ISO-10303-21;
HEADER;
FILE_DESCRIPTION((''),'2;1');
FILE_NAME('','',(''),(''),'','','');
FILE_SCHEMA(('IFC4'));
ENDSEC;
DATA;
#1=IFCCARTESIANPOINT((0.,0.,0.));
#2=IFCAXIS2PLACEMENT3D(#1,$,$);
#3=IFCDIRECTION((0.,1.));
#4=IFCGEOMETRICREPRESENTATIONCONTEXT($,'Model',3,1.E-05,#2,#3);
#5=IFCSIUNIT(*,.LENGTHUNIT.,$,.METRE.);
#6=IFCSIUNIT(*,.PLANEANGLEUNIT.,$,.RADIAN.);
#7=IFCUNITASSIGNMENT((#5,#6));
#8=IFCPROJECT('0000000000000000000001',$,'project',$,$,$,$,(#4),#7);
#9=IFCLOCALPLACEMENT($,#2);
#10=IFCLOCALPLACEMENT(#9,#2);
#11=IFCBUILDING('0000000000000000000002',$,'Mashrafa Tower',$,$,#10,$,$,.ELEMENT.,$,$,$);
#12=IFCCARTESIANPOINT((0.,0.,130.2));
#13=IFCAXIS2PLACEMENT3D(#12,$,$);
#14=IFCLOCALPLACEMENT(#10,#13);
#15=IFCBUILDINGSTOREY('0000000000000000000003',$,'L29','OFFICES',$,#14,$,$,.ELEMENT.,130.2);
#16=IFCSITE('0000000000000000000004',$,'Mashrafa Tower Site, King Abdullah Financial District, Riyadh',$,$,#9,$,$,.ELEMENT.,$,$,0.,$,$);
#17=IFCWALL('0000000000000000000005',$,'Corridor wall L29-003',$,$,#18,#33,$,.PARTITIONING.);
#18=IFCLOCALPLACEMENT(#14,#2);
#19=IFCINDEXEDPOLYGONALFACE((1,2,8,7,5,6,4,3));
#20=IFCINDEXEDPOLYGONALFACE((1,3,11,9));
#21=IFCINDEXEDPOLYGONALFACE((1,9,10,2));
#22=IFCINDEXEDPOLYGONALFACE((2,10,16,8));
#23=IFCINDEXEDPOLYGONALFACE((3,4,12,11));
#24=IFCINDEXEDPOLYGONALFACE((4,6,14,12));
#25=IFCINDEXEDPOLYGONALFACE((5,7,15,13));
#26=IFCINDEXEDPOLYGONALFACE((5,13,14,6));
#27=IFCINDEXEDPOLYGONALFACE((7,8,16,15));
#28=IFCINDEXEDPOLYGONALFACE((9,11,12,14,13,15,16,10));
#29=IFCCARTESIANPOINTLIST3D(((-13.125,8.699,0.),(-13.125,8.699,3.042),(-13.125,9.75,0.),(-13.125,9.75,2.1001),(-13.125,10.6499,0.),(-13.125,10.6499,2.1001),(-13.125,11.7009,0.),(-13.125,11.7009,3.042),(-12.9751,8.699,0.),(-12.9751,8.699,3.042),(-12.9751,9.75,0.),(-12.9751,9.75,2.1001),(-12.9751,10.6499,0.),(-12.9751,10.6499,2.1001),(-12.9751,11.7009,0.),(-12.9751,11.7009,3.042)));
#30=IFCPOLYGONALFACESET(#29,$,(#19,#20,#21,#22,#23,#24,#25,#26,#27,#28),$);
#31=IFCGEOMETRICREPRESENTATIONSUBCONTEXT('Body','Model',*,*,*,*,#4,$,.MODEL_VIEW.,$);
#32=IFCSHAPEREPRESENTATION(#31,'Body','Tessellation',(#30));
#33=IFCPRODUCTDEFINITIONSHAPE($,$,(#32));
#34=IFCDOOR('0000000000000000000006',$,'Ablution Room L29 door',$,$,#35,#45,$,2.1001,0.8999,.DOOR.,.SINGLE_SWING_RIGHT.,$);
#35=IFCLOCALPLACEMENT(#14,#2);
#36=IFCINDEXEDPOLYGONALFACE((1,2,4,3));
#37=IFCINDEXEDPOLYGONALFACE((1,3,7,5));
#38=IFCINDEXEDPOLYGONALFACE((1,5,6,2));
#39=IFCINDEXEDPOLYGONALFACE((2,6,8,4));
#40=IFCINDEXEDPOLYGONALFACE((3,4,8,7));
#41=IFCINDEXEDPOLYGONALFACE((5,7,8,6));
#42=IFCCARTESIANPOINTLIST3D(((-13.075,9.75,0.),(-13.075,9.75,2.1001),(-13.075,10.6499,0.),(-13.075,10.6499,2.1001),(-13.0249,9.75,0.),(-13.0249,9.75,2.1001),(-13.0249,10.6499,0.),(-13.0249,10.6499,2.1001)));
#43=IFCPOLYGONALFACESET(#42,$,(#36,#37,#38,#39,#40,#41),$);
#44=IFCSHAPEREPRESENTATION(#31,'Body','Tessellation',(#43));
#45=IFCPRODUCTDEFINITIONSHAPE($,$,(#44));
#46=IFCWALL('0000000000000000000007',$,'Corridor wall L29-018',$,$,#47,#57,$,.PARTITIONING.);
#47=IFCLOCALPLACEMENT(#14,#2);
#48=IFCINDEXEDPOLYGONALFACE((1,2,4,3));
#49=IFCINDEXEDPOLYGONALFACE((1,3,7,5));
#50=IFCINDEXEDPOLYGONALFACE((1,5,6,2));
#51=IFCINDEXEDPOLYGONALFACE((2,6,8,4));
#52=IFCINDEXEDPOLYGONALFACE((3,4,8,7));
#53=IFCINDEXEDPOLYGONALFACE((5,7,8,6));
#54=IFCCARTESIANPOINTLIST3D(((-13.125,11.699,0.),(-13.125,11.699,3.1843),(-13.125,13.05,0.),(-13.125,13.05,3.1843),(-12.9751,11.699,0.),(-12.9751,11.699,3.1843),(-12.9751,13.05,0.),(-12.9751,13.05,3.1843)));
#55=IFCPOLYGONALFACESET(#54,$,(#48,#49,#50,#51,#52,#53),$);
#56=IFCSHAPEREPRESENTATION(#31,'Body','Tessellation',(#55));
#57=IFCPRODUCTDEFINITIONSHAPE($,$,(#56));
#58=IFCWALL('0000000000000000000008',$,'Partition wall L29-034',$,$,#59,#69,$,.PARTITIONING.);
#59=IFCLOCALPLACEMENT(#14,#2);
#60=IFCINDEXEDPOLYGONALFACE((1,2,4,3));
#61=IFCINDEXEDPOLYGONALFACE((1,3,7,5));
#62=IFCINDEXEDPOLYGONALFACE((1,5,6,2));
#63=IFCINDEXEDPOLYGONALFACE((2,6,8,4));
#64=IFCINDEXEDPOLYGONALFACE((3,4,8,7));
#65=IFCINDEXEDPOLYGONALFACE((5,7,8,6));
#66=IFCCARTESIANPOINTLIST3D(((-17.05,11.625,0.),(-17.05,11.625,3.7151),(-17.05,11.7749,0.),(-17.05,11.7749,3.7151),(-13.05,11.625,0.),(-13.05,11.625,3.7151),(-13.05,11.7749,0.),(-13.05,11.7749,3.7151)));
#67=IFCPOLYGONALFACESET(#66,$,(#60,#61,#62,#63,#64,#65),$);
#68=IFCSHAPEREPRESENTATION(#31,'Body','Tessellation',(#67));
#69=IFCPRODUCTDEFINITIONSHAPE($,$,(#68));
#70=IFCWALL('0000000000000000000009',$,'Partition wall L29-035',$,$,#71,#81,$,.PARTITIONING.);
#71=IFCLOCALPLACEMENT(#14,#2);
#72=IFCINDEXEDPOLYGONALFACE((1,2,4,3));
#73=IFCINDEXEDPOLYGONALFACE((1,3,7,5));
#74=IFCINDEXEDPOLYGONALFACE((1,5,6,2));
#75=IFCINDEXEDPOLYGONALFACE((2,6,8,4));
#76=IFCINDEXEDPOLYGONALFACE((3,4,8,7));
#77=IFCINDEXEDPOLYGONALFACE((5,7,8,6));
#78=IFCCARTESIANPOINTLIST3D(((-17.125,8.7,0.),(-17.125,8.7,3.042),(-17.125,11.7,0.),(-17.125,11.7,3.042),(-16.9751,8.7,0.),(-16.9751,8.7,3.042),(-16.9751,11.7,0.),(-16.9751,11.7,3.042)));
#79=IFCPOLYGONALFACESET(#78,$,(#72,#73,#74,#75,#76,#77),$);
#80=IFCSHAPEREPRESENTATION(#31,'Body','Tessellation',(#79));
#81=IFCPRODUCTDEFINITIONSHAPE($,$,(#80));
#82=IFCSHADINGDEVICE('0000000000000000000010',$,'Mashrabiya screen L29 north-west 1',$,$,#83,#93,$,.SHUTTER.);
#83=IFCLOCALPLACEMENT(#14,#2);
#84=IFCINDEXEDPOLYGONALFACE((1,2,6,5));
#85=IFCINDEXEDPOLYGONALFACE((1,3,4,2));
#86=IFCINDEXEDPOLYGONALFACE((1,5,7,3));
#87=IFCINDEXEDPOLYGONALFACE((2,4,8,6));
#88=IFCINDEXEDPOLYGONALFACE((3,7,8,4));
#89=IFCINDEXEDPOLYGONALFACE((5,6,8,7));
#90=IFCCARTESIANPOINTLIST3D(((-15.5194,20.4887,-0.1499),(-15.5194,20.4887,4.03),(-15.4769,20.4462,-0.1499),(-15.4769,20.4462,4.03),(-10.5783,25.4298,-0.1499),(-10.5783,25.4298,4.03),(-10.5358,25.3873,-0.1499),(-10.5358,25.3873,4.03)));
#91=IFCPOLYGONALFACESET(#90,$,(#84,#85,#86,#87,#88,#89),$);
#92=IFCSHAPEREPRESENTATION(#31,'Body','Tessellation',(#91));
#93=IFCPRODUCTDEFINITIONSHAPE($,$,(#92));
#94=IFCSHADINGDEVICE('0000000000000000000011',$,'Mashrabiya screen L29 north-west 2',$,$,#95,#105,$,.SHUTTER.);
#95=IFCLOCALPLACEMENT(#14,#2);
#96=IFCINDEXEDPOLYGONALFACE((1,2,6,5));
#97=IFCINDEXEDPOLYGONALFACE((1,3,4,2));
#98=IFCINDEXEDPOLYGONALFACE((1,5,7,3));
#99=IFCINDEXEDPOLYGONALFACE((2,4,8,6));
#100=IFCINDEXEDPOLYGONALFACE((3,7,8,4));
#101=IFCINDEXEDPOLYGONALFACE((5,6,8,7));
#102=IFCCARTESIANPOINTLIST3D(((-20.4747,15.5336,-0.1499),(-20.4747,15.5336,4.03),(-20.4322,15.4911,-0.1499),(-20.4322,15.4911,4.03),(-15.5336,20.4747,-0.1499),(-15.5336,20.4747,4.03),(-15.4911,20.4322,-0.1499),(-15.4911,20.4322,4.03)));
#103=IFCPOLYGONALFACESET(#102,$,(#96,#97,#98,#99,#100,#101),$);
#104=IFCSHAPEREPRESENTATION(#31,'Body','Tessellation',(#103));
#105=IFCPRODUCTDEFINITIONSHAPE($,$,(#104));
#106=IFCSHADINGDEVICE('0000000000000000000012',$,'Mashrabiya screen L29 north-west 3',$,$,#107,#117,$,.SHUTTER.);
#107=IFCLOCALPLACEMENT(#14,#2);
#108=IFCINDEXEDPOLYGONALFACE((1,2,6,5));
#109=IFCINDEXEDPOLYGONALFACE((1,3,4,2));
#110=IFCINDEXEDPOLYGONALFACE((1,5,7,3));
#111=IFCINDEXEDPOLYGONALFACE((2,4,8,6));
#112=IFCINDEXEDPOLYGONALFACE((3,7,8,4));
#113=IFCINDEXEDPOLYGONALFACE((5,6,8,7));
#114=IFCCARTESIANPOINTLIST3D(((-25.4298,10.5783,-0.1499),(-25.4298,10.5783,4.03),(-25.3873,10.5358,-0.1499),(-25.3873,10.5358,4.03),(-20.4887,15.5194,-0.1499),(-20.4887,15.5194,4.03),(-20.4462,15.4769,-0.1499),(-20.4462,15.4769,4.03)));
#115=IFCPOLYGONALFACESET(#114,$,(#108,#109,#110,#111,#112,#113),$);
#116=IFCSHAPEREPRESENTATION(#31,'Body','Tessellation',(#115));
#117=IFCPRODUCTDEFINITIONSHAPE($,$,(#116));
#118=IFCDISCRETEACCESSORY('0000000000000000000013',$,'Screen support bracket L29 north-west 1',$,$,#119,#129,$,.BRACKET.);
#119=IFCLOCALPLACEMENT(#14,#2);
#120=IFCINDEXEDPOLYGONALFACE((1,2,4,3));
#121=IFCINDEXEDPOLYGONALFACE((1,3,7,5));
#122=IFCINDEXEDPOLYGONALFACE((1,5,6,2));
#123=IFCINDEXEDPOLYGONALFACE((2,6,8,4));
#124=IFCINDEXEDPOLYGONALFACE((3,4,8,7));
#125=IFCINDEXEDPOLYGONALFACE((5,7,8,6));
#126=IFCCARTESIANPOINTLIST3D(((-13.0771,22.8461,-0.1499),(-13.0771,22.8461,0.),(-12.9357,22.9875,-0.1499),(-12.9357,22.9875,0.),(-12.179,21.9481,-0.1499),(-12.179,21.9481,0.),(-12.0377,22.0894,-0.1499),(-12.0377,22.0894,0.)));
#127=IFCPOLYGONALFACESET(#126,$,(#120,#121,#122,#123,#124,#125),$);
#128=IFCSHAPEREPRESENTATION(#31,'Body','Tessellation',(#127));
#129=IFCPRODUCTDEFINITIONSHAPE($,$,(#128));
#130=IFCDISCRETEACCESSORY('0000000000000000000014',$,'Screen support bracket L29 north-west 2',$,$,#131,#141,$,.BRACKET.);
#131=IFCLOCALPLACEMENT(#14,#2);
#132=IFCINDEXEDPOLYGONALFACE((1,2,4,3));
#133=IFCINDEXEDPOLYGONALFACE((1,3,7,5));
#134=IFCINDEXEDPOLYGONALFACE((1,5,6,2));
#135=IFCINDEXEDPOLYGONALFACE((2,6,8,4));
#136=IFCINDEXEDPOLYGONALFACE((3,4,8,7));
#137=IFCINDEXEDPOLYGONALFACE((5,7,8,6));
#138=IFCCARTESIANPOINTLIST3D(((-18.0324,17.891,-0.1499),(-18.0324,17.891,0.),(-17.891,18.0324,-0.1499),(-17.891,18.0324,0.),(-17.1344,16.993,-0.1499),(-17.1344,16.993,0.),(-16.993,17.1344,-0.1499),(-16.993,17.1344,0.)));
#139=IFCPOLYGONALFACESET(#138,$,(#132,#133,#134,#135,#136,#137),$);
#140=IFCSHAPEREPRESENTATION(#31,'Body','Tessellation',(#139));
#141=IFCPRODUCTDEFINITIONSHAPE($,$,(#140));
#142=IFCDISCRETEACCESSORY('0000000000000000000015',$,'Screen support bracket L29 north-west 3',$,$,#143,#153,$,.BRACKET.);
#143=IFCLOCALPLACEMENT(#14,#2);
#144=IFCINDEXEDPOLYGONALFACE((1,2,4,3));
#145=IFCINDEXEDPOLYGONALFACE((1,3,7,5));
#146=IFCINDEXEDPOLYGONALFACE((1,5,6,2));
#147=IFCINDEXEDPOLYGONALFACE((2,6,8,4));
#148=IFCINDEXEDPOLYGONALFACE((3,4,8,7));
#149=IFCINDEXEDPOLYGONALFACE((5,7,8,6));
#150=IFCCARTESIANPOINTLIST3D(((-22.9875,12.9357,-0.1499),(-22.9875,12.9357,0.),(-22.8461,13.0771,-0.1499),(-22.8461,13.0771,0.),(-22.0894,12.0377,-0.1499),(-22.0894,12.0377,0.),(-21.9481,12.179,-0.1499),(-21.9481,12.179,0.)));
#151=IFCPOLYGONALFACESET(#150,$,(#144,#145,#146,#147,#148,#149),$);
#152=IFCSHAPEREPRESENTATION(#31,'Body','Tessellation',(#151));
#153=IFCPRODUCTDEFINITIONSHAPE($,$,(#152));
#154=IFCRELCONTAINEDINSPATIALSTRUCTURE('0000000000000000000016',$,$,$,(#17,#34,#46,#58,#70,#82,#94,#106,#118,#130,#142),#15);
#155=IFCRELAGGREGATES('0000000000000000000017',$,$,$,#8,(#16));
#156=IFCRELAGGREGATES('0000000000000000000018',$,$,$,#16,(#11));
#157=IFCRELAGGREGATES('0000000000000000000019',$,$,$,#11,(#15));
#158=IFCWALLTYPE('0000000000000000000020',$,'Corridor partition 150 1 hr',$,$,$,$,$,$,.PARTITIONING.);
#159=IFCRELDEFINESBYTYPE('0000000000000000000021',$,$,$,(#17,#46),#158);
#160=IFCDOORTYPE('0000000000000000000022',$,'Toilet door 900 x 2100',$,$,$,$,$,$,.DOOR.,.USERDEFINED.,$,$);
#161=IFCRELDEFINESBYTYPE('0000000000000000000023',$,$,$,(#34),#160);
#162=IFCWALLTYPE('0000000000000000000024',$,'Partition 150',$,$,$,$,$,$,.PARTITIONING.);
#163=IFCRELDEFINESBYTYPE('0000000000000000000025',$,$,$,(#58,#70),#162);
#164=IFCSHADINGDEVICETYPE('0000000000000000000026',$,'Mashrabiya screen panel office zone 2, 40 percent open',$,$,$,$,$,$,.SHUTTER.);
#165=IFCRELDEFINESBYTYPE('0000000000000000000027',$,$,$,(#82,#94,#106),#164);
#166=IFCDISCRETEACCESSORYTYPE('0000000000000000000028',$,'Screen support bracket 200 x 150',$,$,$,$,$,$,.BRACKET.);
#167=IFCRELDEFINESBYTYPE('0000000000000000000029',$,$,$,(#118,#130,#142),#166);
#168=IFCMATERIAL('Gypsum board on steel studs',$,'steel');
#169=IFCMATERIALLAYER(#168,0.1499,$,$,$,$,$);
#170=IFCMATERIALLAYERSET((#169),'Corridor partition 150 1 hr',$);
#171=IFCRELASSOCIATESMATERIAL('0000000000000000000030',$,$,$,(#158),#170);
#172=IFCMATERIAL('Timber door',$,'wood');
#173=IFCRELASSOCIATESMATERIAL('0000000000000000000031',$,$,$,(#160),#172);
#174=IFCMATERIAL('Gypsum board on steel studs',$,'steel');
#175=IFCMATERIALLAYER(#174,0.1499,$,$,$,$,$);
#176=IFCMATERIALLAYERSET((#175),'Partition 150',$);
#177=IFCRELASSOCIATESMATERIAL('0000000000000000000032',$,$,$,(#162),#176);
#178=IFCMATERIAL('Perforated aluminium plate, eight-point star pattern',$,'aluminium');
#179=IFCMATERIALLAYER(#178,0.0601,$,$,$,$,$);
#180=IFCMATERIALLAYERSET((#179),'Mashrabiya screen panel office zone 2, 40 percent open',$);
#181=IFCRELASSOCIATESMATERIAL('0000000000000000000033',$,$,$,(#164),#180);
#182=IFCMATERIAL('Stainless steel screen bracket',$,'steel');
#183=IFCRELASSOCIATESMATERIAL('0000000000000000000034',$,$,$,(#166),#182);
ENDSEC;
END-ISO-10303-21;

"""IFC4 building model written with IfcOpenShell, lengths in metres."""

from ifc_helpers import new_model, si_unit, direction, frame, frame_2d, origin, origin_2d, place, context, subcontext, project, spatial, rectangle, extrude, source, transform, mapped, material, layer, layer_set, type_object, type_shapes, element, fill, save


model = new_model("IFC4")

# Units and contexts
model_context = context("Model", 3, precision=1e-05, world=origin(), true_north=direction((0.0, 1.0)))
body_context = subcontext(model_context, "Body", "Model", "MODEL_VIEW")
ifc_project = project(units=[si_unit("LENGTHUNIT", "METRE"), si_unit("PLANEANGLEUNIT", "RADIAN")], contexts=[model_context])

# Site, building, storey
site_placement = place(None, origin())
site = spatial("IfcSite", under=ifc_project, at=site_placement, Name="Mashrafa Tower Site, King Abdullah Financial District, Riyadh", CompositionType="ELEMENT", RefElevation=0.0)
building_placement = place(site_placement, origin())
building = spatial("IfcBuilding", under=site, at=building_placement, Name="Mashrafa Tower", CompositionType="ELEMENT")
storey_placement = place(building_placement, frame((0.0, 0.0, 130.2)))
storey = spatial("IfcBuildingStorey", under=building, at=storey_placement, Name="L29", Description="OFFICES", CompositionType="ELEMENT", Elevation=130.2)

# Wall, opening, door
ifc_material_1 = material(Name="Gypsum board on steel studs", Category="steel")
ifc_layer_1 = layer(ifc_material_1, 0.1499)
ifc_layer_set_1 = layer_set([ifc_layer_1], Name="Corridor partition 150 1 hr")
wall_type_1 = type_object("IfcWallType", Name="Corridor partition 150 1 hr", PredefinedType="PARTITIONING", material=ifc_layer_set_1)
wall_1_placement = place(storey_placement, frame((-13.05, 11.7009, 0.0), z_axis=(0.0, 0.0, 1.0), x_axis=(0.0, -1.0, 0.0)))
wall_1 = element("IfcWall", 1, at=wall_1_placement, inside=storey, type_object=wall_type_1, Name="Corridor wall L29-003", PredefinedType="PARTITIONING", context=body_context, shape_type="SweptSolid", body=[
    extrude(rectangle(XDim=3.002, YDim=0.1499, at=frame_2d((1.501, 0.0))), origin(), (0.0, 0.0, 1.0), 3.042),
])
opening_placement = place(wall_1_placement, frame((1.051, 0.0, 0.0)))
opening = element("IfcOpeningElement", 2, at=opening_placement, cuts=wall_1, PredefinedType="OPENING", context=body_context, shape_type="SweptSolid", body=[
    extrude(rectangle(XDim=0.8999, YDim=2.1001, at=frame_2d((0.45, 1.05))), frame((0.0, 0.085, 0.0), z_axis=(0.0, -1.0, 0.0), x_axis=(1.0, 0.0, 0.0)), (0.0, 0.0, 1.0), 0.1699),
])
ifc_material_2 = material(Name="Timber door", Category="wood")
door_type = type_object("IfcDoorType", Name="Toilet door 900 x 2100", OperationType="USERDEFINED", PredefinedType="DOOR", material=ifc_material_2)
door_placement = place(opening_placement, frame((0.8999, 0.0, 0.0), z_axis=(0.0, 0.0, 1.0), x_axis=(-1.0, 0.0, 0.0)))
door = element("IfcDoor", 3, at=door_placement, inside=storey, type_object=door_type, Name="Ablution Room L29 door", OperationType="SINGLE_SWING_RIGHT", OverallHeight=2.1001, OverallWidth=0.8999, PredefinedType="DOOR", context=body_context, shape_type="SweptSolid", body=[
    extrude(rectangle(XDim=0.8999, YDim=2.1001, at=frame_2d((0.45, 1.05))), frame((0.0, 0.0249, 0.0), z_axis=(0.0, -1.0, 0.0), x_axis=(1.0, 0.0, 0.0)), (0.0, 0.0, 1.0), 0.05),
])
fill(opening, door)

# Walls
wall_2_placement = place(storey_placement, frame((-13.05, 13.05, 0.0), z_axis=(0.0, 0.0, 1.0), x_axis=(0.0, -1.0, 0.0)))
element("IfcWall", 4, at=wall_2_placement, inside=storey, type_object=wall_type_1, Name="Corridor wall L29-018", PredefinedType="PARTITIONING", context=body_context, shape_type="SweptSolid", body=[
    extrude(rectangle(XDim=1.3511, YDim=0.1499, at=frame_2d((0.6755, 0.0))), origin(), (0.0, 0.0, 1.0), 3.1843),
])
ifc_material_3 = material(Name="Gypsum board on steel studs", Category="steel")
ifc_layer_2 = layer(ifc_material_3, 0.1499)
ifc_layer_set_2 = layer_set([ifc_layer_2], Name="Partition 150")
wall_type_2 = type_object("IfcWallType", Name="Partition 150", PredefinedType="PARTITIONING", material=ifc_layer_set_2)
wall_3_placement = place(storey_placement, frame((-13.05, 11.7, 0.0), z_axis=(0.0, 0.0, 1.0), x_axis=(-1.0, 0.0, 0.0)))
element("IfcWall", 5, at=wall_3_placement, inside=storey, type_object=wall_type_2, Name="Partition wall L29-034", PredefinedType="PARTITIONING", context=body_context, shape_type="SweptSolid", body=[
    extrude(rectangle(XDim=4.0, YDim=0.1499, at=frame_2d((2.0, 0.0))), origin(), (0.0, 0.0, 1.0), 3.7151),
])
wall_4_placement = place(storey_placement, frame((-17.05, 11.7, 0.0), z_axis=(0.0, 0.0, 1.0), x_axis=(0.0, -1.0, 0.0)))
element("IfcWall", 6, at=wall_4_placement, inside=storey, type_object=wall_type_2, Name="Partition wall L29-035", PredefinedType="PARTITIONING", context=body_context, shape_type="SweptSolid", body=[
    extrude(rectangle(XDim=3.0, YDim=0.1499, at=frame_2d((1.5, 0.0))), origin(), (0.0, 0.0, 1.0), 3.042),
])

# Shading devices
ifc_material_4 = material(Name="Perforated aluminium plate, eight-point star pattern", Category="aluminium")
ifc_layer_3 = layer(ifc_material_4, 0.0601)
ifc_layer_set_3 = layer_set([ifc_layer_3], Name="Mashrabiya screen panel office zone 2, 40 percent open")
shading_device_type = type_object("IfcShadingDeviceType", Name="Mashrabiya screen panel office zone 2, 40 percent open", PredefinedType="SHUTTER", material=ifc_layer_set_3)
shared_shape_1 = source(origin(), body_context, "Body", "SweptSolid", [
    extrude(rectangle(XDim=6.9878, YDim=0.0601, at=origin_2d()), origin(), (0.0, 0.0, 1.0), 4.1799),
])
type_shapes(shading_device_type, [shared_shape_1])
for number, where, z_axis, x_axis, name in (
    (7, (-13.0276, 22.938, -0.1499), (0.0, 0.0, 1.0), (-0.707107, -0.707107, 0.0), "Mashrabiya screen L29 north-west 1"),
    (8, (-17.9829, 17.9829, -0.1499), (0.0, 0.0, 1.0), (-0.707107, -0.707107, 0.0), "Mashrabiya screen L29 north-west 2"),
    (9, (-22.938, 13.0276, -0.1499), (0.0, 0.0, 1.0), (-0.707107, -0.707107, 0.0), "Mashrabiya screen L29 north-west 3"),
):
    element("IfcShadingDevice", number, at=place(storey_placement, frame(where, z_axis=z_axis, x_axis=x_axis)), inside=storey, type_object=shading_device_type, Name=name, PredefinedType="SHUTTER", context=body_context, shape_type="MappedRepresentation", body=[
        mapped(shared_shape_1, transform((0.0, 0.0, 0.0))),
    ])

# Discrete accessories
ifc_material_5 = material(Name="Stainless steel screen bracket", Category="steel")
discrete_accessory_type = type_object("IfcDiscreteAccessoryType", Name="Screen support bracket 200 x 150", PredefinedType="BRACKET", material=ifc_material_5)
shared_shape_2 = source(origin(), body_context, "Body", "SweptSolid", [
    extrude(rectangle(XDim=0.2, YDim=1.27, at=origin_2d()), origin(), (0.0, 0.0, 1.0), 0.1499),
])
type_shapes(discrete_accessory_type, [shared_shape_2])
for number, where, z_axis, x_axis, name in (
    (10, (-12.5574, 22.4678, -0.1499), (0.0, 0.0, 1.0), (-0.707107, -0.707107, 0.0), "Screen support bracket L29 north-west 1"),
    (11, (-17.5127, 17.5127, -0.1499), (0.0, 0.0, 1.0), (-0.707107, -0.707107, 0.0), "Screen support bracket L29 north-west 2"),
    (12, (-22.4678, 12.5574, -0.1499), (0.0, 0.0, 1.0), (-0.707107, -0.707107, 0.0), "Screen support bracket L29 north-west 3"),
):
    element("IfcDiscreteAccessory", number, at=place(storey_placement, frame(where, z_axis=z_axis, x_axis=x_axis)), inside=storey, type_object=discrete_accessory_type, Name=name, PredefinedType="BRACKET", context=body_context, shape_type="MappedRepresentation", body=[
        mapped(shared_shape_2, transform((0.0, 0.0, 0.0))),
    ])

save(model, "model.ifc")
